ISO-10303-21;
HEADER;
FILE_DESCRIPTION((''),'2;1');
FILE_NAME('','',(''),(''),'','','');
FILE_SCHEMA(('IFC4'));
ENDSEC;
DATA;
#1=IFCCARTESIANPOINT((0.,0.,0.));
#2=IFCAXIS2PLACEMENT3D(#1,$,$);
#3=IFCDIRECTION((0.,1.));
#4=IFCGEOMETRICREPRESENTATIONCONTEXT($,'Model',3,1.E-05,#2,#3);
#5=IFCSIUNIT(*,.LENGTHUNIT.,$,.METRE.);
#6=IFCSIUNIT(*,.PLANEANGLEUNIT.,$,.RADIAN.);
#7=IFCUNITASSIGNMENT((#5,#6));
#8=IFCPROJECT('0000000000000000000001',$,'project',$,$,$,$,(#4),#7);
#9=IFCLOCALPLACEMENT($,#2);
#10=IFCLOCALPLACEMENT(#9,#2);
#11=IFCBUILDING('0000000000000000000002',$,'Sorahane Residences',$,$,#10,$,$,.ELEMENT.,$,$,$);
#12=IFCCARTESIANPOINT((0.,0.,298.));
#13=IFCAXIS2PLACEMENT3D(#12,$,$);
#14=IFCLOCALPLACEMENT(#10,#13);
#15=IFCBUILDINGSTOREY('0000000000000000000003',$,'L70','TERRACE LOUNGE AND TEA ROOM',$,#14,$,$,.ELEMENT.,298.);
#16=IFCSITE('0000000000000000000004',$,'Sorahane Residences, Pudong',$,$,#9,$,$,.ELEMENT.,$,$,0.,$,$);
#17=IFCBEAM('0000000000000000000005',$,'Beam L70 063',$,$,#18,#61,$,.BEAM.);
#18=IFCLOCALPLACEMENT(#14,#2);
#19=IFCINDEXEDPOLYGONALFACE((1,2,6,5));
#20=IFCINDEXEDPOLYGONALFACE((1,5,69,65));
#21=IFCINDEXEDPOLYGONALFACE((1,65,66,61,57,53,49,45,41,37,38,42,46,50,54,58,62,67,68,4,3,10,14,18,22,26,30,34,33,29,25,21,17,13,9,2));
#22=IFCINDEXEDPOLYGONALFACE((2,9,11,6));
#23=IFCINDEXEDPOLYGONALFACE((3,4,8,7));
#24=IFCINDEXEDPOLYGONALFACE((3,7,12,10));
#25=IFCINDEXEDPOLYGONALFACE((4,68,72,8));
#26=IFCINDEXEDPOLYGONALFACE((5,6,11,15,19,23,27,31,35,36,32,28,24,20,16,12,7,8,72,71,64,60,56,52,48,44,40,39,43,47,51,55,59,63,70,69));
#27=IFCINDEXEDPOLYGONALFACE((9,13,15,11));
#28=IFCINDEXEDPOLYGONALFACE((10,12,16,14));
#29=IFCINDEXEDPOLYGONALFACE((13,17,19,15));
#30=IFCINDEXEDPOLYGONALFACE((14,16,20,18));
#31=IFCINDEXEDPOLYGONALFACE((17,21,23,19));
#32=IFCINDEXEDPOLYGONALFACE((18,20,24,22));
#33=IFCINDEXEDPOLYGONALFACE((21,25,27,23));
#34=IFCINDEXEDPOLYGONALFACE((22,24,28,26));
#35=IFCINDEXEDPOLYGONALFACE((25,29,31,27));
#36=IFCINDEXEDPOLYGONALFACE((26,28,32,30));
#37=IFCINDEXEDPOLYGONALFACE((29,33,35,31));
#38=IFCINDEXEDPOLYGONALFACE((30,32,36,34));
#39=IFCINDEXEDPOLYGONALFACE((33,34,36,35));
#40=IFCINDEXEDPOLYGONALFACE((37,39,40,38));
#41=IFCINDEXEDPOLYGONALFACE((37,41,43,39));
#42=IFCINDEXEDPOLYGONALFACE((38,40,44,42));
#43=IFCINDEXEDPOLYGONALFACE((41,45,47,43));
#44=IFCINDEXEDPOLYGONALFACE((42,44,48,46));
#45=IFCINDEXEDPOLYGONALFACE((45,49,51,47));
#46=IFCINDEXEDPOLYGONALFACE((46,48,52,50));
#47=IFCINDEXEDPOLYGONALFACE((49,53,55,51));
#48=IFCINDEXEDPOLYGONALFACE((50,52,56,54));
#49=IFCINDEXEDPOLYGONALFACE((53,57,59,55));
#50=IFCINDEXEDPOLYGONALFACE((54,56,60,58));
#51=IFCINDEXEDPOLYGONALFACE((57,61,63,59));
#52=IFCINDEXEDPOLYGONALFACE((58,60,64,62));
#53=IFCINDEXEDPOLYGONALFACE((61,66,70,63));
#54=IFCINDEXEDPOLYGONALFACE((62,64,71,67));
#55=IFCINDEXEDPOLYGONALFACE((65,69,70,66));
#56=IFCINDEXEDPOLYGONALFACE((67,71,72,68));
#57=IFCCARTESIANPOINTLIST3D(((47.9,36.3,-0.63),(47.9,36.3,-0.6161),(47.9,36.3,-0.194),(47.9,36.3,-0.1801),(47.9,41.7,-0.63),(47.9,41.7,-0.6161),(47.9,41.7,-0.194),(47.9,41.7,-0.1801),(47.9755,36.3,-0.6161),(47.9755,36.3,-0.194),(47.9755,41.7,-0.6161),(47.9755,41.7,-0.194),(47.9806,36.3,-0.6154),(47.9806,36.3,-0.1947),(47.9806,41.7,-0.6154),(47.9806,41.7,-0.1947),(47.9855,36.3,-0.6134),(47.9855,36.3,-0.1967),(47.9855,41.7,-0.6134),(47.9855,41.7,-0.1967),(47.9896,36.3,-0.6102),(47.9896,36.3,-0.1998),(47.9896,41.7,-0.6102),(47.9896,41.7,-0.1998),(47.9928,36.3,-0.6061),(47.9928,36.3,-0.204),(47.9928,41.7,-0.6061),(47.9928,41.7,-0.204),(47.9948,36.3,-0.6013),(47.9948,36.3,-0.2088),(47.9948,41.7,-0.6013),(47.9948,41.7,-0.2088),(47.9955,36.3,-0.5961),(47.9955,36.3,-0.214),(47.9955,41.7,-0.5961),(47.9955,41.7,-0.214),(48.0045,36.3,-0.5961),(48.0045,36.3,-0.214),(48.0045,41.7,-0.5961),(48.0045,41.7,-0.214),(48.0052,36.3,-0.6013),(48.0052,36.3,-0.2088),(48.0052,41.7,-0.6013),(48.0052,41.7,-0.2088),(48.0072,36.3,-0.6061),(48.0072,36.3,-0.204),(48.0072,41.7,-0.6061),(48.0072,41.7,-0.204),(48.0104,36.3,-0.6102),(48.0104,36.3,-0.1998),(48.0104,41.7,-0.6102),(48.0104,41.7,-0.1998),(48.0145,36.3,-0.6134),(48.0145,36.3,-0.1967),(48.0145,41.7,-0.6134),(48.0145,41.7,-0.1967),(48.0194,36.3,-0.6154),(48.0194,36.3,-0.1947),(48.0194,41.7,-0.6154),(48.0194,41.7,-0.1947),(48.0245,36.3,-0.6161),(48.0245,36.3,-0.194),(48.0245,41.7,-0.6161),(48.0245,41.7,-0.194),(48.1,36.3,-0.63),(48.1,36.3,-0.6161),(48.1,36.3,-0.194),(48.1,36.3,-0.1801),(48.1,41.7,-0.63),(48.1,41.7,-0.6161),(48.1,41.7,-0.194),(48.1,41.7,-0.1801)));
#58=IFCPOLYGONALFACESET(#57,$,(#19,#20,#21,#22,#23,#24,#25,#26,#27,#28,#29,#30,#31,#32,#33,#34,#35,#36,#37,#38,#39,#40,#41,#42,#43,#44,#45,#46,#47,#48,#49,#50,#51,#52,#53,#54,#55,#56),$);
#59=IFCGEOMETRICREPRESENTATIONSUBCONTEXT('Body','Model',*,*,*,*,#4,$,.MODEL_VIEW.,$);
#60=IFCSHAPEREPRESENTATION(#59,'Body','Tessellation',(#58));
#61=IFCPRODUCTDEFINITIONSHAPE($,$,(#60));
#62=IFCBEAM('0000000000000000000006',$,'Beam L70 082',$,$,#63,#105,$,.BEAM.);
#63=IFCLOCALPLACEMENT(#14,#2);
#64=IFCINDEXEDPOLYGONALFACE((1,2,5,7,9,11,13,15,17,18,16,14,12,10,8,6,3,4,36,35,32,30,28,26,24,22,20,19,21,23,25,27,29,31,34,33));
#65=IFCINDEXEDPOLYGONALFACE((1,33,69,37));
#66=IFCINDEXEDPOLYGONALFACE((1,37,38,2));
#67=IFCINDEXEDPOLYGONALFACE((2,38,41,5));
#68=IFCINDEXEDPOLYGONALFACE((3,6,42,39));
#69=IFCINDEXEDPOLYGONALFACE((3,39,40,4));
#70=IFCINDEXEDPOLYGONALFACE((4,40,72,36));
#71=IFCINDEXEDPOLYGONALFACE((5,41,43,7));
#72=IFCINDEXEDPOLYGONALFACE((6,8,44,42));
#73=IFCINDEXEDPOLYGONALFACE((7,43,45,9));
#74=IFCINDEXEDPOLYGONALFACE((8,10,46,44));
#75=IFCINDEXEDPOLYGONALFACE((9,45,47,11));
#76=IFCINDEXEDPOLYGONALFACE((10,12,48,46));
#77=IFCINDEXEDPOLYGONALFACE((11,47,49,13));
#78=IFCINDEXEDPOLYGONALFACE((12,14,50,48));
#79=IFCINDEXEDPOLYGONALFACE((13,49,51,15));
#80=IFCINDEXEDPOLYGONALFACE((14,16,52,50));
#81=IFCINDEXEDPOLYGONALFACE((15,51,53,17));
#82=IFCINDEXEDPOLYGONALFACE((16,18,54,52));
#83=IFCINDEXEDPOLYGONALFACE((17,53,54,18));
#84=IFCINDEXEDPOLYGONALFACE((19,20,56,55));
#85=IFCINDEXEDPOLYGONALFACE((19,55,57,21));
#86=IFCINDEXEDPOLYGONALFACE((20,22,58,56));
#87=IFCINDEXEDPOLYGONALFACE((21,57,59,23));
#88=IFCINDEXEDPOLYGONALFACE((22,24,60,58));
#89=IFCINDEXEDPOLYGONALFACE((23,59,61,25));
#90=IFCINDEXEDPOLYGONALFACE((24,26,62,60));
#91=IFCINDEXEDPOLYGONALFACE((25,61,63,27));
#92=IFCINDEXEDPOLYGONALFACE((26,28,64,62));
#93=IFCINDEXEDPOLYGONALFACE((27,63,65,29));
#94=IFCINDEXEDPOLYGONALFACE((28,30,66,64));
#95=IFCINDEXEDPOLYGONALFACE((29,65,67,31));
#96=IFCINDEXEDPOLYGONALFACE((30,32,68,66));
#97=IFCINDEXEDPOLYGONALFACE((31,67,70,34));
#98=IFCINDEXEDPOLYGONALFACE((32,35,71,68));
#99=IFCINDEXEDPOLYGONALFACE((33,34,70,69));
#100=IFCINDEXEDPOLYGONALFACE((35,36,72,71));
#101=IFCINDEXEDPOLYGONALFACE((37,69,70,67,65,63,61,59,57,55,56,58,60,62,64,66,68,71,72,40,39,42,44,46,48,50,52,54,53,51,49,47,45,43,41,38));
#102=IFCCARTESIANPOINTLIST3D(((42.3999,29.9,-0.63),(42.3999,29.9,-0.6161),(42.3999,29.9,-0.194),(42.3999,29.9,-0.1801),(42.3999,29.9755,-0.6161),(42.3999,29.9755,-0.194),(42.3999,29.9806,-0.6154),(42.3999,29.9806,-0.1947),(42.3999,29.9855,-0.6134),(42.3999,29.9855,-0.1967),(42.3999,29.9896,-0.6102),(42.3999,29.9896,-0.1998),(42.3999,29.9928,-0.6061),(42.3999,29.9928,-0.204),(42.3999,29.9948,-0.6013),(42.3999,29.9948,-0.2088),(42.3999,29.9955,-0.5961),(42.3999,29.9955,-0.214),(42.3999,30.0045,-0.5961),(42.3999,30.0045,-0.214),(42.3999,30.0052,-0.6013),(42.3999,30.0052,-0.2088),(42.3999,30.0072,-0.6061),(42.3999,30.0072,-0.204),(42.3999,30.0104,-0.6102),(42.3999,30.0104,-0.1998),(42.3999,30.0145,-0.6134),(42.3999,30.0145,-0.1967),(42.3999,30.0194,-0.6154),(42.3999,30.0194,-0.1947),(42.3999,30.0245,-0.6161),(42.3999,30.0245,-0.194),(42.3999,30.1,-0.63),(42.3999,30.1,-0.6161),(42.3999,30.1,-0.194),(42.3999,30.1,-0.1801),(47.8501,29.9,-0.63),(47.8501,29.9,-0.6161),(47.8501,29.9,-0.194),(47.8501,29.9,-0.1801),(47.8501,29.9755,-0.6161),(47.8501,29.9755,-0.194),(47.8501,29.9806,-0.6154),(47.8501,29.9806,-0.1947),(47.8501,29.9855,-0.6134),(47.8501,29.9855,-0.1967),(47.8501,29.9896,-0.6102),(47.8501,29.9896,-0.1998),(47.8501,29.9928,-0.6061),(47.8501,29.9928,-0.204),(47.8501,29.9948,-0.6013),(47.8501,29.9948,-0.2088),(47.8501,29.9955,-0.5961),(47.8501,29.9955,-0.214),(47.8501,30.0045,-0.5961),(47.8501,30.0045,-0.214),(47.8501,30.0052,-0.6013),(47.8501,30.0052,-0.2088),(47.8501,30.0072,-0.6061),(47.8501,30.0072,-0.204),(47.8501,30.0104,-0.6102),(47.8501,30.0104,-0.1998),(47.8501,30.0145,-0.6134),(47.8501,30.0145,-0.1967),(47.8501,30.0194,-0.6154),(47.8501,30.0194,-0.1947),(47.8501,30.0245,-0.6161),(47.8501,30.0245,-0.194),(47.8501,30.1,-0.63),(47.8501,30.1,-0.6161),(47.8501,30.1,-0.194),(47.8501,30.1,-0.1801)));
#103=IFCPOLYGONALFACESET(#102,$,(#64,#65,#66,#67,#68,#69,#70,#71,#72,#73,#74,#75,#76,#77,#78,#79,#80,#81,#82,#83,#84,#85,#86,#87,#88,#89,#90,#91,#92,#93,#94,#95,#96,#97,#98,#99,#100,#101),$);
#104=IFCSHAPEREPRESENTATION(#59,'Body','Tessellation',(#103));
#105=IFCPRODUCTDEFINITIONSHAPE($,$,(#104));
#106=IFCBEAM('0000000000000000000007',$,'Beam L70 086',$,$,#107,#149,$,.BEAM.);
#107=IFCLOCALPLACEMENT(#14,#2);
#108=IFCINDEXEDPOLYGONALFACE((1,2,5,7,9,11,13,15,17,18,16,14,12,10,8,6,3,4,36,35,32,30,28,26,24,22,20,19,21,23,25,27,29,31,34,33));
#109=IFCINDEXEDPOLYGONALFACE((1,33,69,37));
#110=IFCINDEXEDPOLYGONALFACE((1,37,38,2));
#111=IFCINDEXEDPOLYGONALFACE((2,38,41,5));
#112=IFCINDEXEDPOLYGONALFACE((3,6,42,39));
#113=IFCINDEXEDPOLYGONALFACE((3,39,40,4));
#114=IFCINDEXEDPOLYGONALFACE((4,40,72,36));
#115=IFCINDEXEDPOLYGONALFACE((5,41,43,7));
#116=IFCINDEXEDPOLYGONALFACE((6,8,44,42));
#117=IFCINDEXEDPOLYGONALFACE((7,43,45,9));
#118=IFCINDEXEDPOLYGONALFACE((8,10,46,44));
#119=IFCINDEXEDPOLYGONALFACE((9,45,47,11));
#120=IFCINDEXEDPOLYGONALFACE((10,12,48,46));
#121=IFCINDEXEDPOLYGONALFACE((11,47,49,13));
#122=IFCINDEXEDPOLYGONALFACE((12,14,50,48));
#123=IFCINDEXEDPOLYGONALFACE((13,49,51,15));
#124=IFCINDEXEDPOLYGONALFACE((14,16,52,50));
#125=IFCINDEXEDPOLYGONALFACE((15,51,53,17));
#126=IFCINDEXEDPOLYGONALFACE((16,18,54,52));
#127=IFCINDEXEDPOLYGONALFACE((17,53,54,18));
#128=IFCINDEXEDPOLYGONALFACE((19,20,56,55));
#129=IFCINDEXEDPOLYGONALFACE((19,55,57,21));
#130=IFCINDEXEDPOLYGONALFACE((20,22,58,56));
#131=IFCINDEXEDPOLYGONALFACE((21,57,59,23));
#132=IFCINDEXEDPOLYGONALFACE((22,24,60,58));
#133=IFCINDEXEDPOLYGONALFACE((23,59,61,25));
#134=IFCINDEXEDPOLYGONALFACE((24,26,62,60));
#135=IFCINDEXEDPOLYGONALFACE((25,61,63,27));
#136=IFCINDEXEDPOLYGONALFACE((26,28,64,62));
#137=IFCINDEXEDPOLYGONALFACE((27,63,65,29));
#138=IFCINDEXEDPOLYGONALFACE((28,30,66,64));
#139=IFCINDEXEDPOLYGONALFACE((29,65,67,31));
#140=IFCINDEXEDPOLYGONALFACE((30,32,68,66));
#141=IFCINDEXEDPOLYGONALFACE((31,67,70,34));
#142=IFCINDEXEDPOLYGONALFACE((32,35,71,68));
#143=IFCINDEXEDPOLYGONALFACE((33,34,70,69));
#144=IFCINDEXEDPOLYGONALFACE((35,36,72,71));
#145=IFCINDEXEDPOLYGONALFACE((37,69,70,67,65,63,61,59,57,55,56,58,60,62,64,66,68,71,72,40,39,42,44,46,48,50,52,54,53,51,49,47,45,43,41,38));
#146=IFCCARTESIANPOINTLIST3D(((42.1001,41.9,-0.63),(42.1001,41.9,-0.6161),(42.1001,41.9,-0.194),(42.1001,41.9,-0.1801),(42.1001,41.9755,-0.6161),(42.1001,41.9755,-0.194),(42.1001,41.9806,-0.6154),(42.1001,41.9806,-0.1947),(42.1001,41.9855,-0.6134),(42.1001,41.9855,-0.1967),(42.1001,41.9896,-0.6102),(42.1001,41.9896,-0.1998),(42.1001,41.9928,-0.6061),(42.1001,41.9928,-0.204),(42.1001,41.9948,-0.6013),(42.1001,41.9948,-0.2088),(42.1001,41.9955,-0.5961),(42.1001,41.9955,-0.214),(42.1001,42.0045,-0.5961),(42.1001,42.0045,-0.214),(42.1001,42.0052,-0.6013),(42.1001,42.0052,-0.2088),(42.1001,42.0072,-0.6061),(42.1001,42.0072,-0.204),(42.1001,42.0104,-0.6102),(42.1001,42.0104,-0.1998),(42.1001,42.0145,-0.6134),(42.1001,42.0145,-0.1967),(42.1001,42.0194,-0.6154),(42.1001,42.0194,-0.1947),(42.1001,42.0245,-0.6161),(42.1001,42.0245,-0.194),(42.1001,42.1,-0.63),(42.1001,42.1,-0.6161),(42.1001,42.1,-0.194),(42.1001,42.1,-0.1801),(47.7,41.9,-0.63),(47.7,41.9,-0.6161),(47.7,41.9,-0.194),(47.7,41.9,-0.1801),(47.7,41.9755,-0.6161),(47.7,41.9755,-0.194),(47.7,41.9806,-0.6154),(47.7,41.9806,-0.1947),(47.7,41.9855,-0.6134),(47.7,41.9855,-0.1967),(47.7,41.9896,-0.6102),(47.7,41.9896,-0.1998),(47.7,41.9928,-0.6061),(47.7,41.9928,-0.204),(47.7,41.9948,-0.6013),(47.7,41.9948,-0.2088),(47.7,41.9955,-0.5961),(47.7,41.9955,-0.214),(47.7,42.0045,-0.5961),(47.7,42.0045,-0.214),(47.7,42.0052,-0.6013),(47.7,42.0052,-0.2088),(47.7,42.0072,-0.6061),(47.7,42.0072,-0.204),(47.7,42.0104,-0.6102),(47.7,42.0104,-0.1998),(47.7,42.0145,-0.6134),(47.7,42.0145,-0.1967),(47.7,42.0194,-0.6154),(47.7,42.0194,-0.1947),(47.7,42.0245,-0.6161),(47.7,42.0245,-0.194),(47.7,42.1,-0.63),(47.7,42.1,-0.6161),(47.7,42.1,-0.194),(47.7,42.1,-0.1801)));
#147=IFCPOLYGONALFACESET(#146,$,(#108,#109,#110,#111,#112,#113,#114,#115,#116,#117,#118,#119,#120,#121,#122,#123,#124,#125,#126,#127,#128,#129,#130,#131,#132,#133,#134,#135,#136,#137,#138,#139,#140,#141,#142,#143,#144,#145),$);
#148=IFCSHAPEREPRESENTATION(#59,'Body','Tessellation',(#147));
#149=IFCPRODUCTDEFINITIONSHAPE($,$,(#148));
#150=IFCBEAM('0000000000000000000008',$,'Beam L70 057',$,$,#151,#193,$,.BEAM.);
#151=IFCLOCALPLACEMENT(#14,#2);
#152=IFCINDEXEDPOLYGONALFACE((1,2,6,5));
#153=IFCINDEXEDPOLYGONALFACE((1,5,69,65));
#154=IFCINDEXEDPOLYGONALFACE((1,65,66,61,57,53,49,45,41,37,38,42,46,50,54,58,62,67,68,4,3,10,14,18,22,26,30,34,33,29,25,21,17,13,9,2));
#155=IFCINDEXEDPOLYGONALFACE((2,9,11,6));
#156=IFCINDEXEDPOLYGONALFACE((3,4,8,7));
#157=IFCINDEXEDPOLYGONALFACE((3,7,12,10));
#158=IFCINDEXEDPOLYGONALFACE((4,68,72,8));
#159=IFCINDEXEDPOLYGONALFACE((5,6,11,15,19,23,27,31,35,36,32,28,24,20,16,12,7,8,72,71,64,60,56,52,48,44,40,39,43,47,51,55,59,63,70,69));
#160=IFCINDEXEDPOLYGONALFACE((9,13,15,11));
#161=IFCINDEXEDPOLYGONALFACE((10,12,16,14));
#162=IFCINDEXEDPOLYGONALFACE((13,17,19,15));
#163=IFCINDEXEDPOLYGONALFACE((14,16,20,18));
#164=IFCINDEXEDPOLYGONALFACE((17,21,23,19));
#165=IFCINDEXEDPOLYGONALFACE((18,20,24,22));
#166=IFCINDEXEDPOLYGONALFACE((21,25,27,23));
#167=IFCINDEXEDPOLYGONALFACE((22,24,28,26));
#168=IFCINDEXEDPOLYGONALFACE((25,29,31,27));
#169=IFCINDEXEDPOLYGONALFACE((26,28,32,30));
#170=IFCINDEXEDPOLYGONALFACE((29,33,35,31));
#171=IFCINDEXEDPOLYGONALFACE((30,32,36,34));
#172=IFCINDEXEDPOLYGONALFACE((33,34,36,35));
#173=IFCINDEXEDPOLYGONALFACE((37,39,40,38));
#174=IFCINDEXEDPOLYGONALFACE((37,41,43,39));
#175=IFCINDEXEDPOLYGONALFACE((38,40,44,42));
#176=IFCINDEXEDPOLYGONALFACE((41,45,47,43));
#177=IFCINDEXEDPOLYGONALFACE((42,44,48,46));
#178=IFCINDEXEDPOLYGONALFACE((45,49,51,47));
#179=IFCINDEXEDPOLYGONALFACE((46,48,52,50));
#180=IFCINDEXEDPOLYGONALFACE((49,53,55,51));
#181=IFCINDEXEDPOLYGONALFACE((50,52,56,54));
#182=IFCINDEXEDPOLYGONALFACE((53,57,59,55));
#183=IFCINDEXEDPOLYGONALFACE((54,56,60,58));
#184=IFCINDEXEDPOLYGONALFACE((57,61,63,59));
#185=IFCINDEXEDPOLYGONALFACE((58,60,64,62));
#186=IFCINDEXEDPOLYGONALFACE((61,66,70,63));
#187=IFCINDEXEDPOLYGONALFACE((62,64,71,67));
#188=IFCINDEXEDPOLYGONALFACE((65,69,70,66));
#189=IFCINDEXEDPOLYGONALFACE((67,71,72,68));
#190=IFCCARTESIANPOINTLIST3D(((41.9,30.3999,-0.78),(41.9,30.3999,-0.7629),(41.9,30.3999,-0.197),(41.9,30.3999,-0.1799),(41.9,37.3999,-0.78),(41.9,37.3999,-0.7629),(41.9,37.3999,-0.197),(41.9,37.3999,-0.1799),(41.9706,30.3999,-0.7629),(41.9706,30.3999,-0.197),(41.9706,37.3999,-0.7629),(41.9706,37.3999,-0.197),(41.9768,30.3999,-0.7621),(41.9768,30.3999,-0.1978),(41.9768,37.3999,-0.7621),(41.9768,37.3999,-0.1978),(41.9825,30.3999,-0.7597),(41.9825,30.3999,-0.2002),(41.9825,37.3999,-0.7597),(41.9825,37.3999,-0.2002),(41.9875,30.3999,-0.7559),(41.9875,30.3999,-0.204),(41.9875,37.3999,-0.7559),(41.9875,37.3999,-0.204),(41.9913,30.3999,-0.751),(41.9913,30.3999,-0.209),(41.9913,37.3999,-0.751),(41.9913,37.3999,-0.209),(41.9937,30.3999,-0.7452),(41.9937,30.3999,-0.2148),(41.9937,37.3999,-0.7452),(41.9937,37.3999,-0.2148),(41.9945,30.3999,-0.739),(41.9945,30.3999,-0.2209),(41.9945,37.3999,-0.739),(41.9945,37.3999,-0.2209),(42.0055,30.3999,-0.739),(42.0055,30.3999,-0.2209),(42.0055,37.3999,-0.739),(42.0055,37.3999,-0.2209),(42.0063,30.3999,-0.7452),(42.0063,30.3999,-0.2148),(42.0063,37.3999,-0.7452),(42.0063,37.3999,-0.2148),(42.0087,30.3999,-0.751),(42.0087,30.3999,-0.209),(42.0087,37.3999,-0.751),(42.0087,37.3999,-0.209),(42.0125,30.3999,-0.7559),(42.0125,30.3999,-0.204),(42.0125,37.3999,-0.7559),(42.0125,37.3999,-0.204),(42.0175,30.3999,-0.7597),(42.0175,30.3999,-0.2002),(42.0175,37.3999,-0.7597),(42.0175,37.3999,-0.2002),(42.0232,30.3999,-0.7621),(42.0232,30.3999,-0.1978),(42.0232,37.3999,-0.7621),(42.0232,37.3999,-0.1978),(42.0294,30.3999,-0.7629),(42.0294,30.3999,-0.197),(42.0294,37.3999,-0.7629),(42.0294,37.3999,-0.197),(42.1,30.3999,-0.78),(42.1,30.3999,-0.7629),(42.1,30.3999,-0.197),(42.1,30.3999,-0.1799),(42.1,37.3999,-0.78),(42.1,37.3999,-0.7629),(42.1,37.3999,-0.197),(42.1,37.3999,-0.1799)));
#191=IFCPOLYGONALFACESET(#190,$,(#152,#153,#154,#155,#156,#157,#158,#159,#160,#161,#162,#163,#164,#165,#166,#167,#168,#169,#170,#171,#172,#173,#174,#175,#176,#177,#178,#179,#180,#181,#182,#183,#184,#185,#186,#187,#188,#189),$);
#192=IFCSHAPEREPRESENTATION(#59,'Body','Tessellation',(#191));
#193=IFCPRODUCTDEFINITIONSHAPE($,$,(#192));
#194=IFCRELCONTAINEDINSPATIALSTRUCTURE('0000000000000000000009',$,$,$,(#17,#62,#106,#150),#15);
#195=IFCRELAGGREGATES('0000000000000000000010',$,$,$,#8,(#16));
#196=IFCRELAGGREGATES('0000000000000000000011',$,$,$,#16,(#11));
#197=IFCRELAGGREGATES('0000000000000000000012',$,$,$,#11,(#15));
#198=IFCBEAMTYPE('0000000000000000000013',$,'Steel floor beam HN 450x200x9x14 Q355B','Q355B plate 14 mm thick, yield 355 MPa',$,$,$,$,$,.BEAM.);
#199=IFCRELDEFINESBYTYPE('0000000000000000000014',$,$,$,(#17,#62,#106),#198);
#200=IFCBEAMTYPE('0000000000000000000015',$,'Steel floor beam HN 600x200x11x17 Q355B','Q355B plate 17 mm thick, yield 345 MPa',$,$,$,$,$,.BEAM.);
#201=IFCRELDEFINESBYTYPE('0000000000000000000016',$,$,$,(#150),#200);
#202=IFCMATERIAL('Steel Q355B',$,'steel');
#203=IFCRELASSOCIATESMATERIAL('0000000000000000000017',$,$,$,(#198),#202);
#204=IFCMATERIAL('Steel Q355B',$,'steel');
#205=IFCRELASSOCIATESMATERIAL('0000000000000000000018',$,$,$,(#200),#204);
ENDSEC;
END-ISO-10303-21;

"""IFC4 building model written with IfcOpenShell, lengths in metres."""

from ifc_helpers import new_model, si_unit, direction, frame, origin, origin_2d, place, context, subcontext, project, spatial, i_section, extrude, material, material_profile, profile_set, type_object, element, save


model = new_model("IFC4")

# Units and contexts
model_context = context("Model", 3, precision=1e-05, world=origin(), true_north=direction((0.0, 1.0)))
body_context = subcontext(model_context, "Body", "Model", "MODEL_VIEW")
ifc_project = project(units=[si_unit("LENGTHUNIT", "METRE"), si_unit("PLANEANGLEUNIT", "RADIAN")], contexts=[model_context])

# Site, building, storey
site_placement = place(None, origin())
site = spatial("IfcSite", under=ifc_project, at=site_placement, Name="Sorahane Residences, Pudong", CompositionType="ELEMENT", RefElevation=0.0)
building_placement = place(site_placement, origin())
building = spatial("IfcBuilding", under=site, at=building_placement, Name="Sorahane Residences", CompositionType="ELEMENT")
storey_placement = place(building_placement, frame((0.0, 0.0, 298.0)))
storey = spatial("IfcBuildingStorey", under=building, at=storey_placement, Name="L70", Description="TERRACE LOUNGE AND TEA ROOM", CompositionType="ELEMENT", Elevation=298.0)

# Beams
ifc_material_1 = material(Name="Steel Q355B", Category="steel")
ifc_material_profile_1 = material_profile(ifc_material_1, i_section(OverallWidth=0.2, OverallDepth=0.45, WebThickness=0.009, FlangeThickness=0.0139, FilletRadius=0.02, at=origin_2d()), Name="HN 450x200x9x14")
ifc_profile_set_1 = profile_set([ifc_material_profile_1], Name="Steel Q355B")
beam_type_1 = type_object("IfcBeamType", Name="Steel floor beam HN 450x200x9x14 Q355B", Description="Q355B plate 14 mm thick, yield 355 MPa", PredefinedType="BEAM", material=ifc_profile_set_1)
beam_1_placement = place(storey_placement, frame((48.0, 36.3, -0.405), z_axis=(0.0, 1.0, 0.0), x_axis=(-1.0, 0.0, 0.0)))
element("IfcBeam", 1, at=beam_1_placement, inside=storey, type_object=beam_type_1, Name="Beam L70 063", PredefinedType="BEAM", context=body_context, shape_type="SweptSolid", body=[
    extrude(i_section(OverallWidth=0.2, OverallDepth=0.45, WebThickness=0.009, FlangeThickness=0.0139, FilletRadius=0.02, at=origin_2d()), origin(), (0.0, 0.0, 1.0), 5.3999),
])
beam_2_placement = place(storey_placement, frame((42.3999, 30.0, -0.405), z_axis=(1.0, 0.0, 0.0), x_axis=(0.0, 1.0, 0.0)))
element("IfcBeam", 2, at=beam_2_placement, inside=storey, type_object=beam_type_1, Name="Beam L70 082", PredefinedType="BEAM", context=body_context, shape_type="SweptSolid", body=[
    extrude(i_section(OverallWidth=0.2, OverallDepth=0.45, WebThickness=0.009, FlangeThickness=0.0139, FilletRadius=0.02, at=origin_2d()), origin(), (0.0, 0.0, 1.0), 5.4502),
])
beam_3_placement = place(storey_placement, frame((42.1001, 42.0, -0.405), z_axis=(1.0, 0.0, 0.0), x_axis=(0.0, 1.0, 0.0)))
element("IfcBeam", 3, at=beam_3_placement, inside=storey, type_object=beam_type_1, Name="Beam L70 086", PredefinedType="BEAM", context=body_context, shape_type="SweptSolid", body=[
    extrude(i_section(OverallWidth=0.2, OverallDepth=0.45, WebThickness=0.009, FlangeThickness=0.0139, FilletRadius=0.02, at=origin_2d()), origin(), (0.0, 0.0, 1.0), 5.5999),
])
ifc_material_2 = material(Name="Steel Q355B", Category="steel")
ifc_material_profile_2 = material_profile(ifc_material_2, i_section(OverallWidth=0.2, OverallDepth=0.6001, WebThickness=0.011, FlangeThickness=0.0171, FilletRadius=0.0239, at=origin_2d()), Name="HN 600x200x11x17")
ifc_profile_set_2 = profile_set([ifc_material_profile_2], Name="Steel Q355B")
beam_type_2 = type_object("IfcBeamType", Name="Steel floor beam HN 600x200x11x17 Q355B", Description="Q355B plate 17 mm thick, yield 345 MPa", PredefinedType="BEAM", material=ifc_profile_set_2)
for number, where, z_axis, x_axis, name in (
    (4, (42.0, 30.3999, -0.48), (0.0, 1.0, 0.0), (-1.0, 0.0, 0.0), "Beam L70 057"),
):
    element("IfcBeam", number, at=place(storey_placement, frame(where, z_axis=z_axis, x_axis=x_axis)), inside=storey, type_object=beam_type_2, Name=name, PredefinedType="BEAM", context=body_context, shape_type="SweptSolid", body=[
        extrude(i_section(OverallWidth=0.2, OverallDepth=0.6001, WebThickness=0.011, FlangeThickness=0.0171, FilletRadius=0.0239, at=origin_2d()), origin(), (0.0, 0.0, 1.0), 7.0),
    ])

save(model, "model.ifc")
